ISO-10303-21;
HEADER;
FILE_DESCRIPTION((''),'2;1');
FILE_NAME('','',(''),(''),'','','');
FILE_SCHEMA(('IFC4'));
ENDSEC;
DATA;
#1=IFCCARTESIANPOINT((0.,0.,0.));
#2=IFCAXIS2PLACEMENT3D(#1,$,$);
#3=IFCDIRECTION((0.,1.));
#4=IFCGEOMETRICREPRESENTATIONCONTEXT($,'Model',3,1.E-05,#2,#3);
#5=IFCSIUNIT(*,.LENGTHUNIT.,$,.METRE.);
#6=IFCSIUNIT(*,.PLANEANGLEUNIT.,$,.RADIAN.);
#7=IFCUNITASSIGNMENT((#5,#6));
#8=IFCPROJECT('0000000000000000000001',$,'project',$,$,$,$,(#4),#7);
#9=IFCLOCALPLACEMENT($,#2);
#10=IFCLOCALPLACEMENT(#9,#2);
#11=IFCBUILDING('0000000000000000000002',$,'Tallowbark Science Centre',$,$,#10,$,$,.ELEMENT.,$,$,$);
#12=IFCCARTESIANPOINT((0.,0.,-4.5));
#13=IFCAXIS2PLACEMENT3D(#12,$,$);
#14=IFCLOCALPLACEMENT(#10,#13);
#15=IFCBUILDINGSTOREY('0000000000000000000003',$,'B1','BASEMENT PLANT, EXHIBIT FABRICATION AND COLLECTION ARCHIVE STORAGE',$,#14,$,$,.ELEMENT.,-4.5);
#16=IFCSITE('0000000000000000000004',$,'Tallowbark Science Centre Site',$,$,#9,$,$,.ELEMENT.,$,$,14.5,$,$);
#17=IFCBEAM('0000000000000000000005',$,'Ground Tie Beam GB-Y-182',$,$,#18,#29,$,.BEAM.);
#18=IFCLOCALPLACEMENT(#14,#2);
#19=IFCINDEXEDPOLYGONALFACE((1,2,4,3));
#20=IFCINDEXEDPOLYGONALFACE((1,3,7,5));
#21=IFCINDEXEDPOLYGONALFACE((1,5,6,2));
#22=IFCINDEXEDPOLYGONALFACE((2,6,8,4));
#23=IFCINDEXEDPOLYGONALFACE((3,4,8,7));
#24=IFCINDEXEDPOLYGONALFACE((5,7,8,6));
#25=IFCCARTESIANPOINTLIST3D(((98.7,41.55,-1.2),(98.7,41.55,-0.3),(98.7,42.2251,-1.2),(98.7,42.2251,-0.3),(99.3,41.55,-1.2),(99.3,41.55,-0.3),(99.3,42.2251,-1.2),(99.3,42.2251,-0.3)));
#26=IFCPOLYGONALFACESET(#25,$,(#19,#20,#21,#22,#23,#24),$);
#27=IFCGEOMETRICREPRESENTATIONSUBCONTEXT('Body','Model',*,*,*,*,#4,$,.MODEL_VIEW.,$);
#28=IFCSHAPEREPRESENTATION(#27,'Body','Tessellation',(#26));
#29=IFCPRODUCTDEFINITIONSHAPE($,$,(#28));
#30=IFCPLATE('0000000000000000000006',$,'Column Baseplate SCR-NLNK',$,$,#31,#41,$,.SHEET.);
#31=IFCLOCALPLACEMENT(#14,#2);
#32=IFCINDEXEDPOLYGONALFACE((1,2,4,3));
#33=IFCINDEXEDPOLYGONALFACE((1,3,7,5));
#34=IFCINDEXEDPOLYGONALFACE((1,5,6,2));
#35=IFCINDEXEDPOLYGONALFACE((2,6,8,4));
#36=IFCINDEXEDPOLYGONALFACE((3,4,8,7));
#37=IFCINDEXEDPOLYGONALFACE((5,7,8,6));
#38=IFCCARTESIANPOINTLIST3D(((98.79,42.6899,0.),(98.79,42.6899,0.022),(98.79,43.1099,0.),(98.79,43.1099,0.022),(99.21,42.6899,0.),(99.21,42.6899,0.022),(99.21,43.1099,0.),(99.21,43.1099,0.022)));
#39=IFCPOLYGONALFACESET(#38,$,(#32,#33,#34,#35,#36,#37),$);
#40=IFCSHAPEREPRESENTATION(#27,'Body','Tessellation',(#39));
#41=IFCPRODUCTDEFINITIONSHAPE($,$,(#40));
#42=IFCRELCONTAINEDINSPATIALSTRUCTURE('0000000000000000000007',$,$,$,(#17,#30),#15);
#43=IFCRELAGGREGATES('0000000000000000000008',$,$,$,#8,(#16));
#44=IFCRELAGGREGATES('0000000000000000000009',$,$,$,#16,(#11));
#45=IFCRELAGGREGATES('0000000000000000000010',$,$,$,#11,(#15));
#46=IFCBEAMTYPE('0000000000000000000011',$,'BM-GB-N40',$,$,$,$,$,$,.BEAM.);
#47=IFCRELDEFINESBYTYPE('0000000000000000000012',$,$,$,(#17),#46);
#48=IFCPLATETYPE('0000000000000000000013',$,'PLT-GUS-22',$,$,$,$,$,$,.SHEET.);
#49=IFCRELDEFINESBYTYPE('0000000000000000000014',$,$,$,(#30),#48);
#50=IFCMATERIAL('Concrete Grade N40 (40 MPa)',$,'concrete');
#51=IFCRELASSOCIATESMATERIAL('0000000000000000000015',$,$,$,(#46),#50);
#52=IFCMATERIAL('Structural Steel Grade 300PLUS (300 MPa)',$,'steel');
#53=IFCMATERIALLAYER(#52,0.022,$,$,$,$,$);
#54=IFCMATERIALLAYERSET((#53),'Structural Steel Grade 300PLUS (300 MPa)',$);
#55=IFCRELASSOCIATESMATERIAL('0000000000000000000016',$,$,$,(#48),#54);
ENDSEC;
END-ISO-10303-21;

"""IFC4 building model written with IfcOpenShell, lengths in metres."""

from ifc_helpers import new_model, si_unit, direction, frame, origin, origin_2d, place, context, subcontext, project, spatial, rectangle, extrude, material, layer, layer_set, material_profile, profile_set, type_object, element, save


model = new_model("IFC4")

# Units and contexts
model_context = context("Model", 3, precision=1e-05, world=origin(), true_north=direction((0.0, 1.0)))
body_context = subcontext(model_context, "Body", "Model", "MODEL_VIEW")
ifc_project = project(units=[si_unit("LENGTHUNIT", "METRE"), si_unit("PLANEANGLEUNIT", "RADIAN")], contexts=[model_context])

# Site, building, storey
site_placement = place(None, origin())
site = spatial("IfcSite", under=ifc_project, at=site_placement, Name="Tallowbark Science Centre Site", CompositionType="ELEMENT", RefElevation=14.5)
building_placement = place(site_placement, origin())
building = spatial("IfcBuilding", under=site, at=building_placement, Name="Tallowbark Science Centre", CompositionType="ELEMENT")
storey_placement = place(building_placement, frame((0.0, 0.0, -4.5)))
storey = spatial("IfcBuildingStorey", under=building, at=storey_placement, Name="B1", Description="BASEMENT PLANT, EXHIBIT FABRICATION AND COLLECTION ARCHIVE STORAGE", CompositionType="ELEMENT", Elevation=-4.5)

# Shared definitions
ifc_material_1 = material(Name="Concrete Grade N40 (40 MPa)", Category="concrete")

# Beam
ifc_material_profile_1 = material_profile(ifc_material_1, rectangle(XDim=0.6001, YDim=0.8999, at=origin_2d()), Name="RC600x900")
ifc_profile_set_1 = profile_set([ifc_material_profile_1], Name="Concrete Grade N40 (40 MPa)")
beam_type = type_object("IfcBeamType", Name="BM-GB-N40", PredefinedType="BEAM", material=ifc_profile_set_1)
for number, where, z_axis, x_axis, name in (
    (1, (99.0, 41.55, -0.75), (0.0, 1.0, 0.0), (-1.0, 0.0, 0.0), "Ground Tie Beam GB-Y-182"),
):
    element("IfcBeam", number, at=place(storey_placement, frame(where, z_axis=z_axis, x_axis=x_axis)), inside=storey, type_object=beam_type, Name=name, PredefinedType="BEAM", context=body_context, shape_type="SweptSolid", body=[
        extrude(rectangle(XDim=0.6001, YDim=0.8999, at=origin_2d()), origin(), (0.0, 0.0, 1.0), 0.675),
    ])

# Plate
ifc_material_2 = material(Name="Structural Steel Grade 300PLUS (300 MPa)", Category="steel")
ifc_layer = layer(ifc_material_2, 0.022)
ifc_layer_set = layer_set([ifc_layer], Name="Structural Steel Grade 300PLUS (300 MPa)")
plate_type = type_object("IfcPlateType", Name="PLT-GUS-22", PredefinedType="SHEET", material=ifc_layer_set)
plate_placement = place(storey_placement, frame((99.0, 42.8999, 0.0), z_axis=(0.0, 0.0, 1.0), x_axis=(1.0, 0.0, 0.0)))
element("IfcPlate", 2, at=plate_placement, inside=storey, type_object=plate_type, Name="Column Baseplate SCR-NLNK", PredefinedType="SHEET", context=body_context, shape_type="SweptSolid", body=[
    extrude(rectangle(XDim=0.4199, YDim=0.4199, at=origin_2d()), origin(), (0.0, 0.0, 1.0), 0.022),
])

save(model, "model.ifc")
